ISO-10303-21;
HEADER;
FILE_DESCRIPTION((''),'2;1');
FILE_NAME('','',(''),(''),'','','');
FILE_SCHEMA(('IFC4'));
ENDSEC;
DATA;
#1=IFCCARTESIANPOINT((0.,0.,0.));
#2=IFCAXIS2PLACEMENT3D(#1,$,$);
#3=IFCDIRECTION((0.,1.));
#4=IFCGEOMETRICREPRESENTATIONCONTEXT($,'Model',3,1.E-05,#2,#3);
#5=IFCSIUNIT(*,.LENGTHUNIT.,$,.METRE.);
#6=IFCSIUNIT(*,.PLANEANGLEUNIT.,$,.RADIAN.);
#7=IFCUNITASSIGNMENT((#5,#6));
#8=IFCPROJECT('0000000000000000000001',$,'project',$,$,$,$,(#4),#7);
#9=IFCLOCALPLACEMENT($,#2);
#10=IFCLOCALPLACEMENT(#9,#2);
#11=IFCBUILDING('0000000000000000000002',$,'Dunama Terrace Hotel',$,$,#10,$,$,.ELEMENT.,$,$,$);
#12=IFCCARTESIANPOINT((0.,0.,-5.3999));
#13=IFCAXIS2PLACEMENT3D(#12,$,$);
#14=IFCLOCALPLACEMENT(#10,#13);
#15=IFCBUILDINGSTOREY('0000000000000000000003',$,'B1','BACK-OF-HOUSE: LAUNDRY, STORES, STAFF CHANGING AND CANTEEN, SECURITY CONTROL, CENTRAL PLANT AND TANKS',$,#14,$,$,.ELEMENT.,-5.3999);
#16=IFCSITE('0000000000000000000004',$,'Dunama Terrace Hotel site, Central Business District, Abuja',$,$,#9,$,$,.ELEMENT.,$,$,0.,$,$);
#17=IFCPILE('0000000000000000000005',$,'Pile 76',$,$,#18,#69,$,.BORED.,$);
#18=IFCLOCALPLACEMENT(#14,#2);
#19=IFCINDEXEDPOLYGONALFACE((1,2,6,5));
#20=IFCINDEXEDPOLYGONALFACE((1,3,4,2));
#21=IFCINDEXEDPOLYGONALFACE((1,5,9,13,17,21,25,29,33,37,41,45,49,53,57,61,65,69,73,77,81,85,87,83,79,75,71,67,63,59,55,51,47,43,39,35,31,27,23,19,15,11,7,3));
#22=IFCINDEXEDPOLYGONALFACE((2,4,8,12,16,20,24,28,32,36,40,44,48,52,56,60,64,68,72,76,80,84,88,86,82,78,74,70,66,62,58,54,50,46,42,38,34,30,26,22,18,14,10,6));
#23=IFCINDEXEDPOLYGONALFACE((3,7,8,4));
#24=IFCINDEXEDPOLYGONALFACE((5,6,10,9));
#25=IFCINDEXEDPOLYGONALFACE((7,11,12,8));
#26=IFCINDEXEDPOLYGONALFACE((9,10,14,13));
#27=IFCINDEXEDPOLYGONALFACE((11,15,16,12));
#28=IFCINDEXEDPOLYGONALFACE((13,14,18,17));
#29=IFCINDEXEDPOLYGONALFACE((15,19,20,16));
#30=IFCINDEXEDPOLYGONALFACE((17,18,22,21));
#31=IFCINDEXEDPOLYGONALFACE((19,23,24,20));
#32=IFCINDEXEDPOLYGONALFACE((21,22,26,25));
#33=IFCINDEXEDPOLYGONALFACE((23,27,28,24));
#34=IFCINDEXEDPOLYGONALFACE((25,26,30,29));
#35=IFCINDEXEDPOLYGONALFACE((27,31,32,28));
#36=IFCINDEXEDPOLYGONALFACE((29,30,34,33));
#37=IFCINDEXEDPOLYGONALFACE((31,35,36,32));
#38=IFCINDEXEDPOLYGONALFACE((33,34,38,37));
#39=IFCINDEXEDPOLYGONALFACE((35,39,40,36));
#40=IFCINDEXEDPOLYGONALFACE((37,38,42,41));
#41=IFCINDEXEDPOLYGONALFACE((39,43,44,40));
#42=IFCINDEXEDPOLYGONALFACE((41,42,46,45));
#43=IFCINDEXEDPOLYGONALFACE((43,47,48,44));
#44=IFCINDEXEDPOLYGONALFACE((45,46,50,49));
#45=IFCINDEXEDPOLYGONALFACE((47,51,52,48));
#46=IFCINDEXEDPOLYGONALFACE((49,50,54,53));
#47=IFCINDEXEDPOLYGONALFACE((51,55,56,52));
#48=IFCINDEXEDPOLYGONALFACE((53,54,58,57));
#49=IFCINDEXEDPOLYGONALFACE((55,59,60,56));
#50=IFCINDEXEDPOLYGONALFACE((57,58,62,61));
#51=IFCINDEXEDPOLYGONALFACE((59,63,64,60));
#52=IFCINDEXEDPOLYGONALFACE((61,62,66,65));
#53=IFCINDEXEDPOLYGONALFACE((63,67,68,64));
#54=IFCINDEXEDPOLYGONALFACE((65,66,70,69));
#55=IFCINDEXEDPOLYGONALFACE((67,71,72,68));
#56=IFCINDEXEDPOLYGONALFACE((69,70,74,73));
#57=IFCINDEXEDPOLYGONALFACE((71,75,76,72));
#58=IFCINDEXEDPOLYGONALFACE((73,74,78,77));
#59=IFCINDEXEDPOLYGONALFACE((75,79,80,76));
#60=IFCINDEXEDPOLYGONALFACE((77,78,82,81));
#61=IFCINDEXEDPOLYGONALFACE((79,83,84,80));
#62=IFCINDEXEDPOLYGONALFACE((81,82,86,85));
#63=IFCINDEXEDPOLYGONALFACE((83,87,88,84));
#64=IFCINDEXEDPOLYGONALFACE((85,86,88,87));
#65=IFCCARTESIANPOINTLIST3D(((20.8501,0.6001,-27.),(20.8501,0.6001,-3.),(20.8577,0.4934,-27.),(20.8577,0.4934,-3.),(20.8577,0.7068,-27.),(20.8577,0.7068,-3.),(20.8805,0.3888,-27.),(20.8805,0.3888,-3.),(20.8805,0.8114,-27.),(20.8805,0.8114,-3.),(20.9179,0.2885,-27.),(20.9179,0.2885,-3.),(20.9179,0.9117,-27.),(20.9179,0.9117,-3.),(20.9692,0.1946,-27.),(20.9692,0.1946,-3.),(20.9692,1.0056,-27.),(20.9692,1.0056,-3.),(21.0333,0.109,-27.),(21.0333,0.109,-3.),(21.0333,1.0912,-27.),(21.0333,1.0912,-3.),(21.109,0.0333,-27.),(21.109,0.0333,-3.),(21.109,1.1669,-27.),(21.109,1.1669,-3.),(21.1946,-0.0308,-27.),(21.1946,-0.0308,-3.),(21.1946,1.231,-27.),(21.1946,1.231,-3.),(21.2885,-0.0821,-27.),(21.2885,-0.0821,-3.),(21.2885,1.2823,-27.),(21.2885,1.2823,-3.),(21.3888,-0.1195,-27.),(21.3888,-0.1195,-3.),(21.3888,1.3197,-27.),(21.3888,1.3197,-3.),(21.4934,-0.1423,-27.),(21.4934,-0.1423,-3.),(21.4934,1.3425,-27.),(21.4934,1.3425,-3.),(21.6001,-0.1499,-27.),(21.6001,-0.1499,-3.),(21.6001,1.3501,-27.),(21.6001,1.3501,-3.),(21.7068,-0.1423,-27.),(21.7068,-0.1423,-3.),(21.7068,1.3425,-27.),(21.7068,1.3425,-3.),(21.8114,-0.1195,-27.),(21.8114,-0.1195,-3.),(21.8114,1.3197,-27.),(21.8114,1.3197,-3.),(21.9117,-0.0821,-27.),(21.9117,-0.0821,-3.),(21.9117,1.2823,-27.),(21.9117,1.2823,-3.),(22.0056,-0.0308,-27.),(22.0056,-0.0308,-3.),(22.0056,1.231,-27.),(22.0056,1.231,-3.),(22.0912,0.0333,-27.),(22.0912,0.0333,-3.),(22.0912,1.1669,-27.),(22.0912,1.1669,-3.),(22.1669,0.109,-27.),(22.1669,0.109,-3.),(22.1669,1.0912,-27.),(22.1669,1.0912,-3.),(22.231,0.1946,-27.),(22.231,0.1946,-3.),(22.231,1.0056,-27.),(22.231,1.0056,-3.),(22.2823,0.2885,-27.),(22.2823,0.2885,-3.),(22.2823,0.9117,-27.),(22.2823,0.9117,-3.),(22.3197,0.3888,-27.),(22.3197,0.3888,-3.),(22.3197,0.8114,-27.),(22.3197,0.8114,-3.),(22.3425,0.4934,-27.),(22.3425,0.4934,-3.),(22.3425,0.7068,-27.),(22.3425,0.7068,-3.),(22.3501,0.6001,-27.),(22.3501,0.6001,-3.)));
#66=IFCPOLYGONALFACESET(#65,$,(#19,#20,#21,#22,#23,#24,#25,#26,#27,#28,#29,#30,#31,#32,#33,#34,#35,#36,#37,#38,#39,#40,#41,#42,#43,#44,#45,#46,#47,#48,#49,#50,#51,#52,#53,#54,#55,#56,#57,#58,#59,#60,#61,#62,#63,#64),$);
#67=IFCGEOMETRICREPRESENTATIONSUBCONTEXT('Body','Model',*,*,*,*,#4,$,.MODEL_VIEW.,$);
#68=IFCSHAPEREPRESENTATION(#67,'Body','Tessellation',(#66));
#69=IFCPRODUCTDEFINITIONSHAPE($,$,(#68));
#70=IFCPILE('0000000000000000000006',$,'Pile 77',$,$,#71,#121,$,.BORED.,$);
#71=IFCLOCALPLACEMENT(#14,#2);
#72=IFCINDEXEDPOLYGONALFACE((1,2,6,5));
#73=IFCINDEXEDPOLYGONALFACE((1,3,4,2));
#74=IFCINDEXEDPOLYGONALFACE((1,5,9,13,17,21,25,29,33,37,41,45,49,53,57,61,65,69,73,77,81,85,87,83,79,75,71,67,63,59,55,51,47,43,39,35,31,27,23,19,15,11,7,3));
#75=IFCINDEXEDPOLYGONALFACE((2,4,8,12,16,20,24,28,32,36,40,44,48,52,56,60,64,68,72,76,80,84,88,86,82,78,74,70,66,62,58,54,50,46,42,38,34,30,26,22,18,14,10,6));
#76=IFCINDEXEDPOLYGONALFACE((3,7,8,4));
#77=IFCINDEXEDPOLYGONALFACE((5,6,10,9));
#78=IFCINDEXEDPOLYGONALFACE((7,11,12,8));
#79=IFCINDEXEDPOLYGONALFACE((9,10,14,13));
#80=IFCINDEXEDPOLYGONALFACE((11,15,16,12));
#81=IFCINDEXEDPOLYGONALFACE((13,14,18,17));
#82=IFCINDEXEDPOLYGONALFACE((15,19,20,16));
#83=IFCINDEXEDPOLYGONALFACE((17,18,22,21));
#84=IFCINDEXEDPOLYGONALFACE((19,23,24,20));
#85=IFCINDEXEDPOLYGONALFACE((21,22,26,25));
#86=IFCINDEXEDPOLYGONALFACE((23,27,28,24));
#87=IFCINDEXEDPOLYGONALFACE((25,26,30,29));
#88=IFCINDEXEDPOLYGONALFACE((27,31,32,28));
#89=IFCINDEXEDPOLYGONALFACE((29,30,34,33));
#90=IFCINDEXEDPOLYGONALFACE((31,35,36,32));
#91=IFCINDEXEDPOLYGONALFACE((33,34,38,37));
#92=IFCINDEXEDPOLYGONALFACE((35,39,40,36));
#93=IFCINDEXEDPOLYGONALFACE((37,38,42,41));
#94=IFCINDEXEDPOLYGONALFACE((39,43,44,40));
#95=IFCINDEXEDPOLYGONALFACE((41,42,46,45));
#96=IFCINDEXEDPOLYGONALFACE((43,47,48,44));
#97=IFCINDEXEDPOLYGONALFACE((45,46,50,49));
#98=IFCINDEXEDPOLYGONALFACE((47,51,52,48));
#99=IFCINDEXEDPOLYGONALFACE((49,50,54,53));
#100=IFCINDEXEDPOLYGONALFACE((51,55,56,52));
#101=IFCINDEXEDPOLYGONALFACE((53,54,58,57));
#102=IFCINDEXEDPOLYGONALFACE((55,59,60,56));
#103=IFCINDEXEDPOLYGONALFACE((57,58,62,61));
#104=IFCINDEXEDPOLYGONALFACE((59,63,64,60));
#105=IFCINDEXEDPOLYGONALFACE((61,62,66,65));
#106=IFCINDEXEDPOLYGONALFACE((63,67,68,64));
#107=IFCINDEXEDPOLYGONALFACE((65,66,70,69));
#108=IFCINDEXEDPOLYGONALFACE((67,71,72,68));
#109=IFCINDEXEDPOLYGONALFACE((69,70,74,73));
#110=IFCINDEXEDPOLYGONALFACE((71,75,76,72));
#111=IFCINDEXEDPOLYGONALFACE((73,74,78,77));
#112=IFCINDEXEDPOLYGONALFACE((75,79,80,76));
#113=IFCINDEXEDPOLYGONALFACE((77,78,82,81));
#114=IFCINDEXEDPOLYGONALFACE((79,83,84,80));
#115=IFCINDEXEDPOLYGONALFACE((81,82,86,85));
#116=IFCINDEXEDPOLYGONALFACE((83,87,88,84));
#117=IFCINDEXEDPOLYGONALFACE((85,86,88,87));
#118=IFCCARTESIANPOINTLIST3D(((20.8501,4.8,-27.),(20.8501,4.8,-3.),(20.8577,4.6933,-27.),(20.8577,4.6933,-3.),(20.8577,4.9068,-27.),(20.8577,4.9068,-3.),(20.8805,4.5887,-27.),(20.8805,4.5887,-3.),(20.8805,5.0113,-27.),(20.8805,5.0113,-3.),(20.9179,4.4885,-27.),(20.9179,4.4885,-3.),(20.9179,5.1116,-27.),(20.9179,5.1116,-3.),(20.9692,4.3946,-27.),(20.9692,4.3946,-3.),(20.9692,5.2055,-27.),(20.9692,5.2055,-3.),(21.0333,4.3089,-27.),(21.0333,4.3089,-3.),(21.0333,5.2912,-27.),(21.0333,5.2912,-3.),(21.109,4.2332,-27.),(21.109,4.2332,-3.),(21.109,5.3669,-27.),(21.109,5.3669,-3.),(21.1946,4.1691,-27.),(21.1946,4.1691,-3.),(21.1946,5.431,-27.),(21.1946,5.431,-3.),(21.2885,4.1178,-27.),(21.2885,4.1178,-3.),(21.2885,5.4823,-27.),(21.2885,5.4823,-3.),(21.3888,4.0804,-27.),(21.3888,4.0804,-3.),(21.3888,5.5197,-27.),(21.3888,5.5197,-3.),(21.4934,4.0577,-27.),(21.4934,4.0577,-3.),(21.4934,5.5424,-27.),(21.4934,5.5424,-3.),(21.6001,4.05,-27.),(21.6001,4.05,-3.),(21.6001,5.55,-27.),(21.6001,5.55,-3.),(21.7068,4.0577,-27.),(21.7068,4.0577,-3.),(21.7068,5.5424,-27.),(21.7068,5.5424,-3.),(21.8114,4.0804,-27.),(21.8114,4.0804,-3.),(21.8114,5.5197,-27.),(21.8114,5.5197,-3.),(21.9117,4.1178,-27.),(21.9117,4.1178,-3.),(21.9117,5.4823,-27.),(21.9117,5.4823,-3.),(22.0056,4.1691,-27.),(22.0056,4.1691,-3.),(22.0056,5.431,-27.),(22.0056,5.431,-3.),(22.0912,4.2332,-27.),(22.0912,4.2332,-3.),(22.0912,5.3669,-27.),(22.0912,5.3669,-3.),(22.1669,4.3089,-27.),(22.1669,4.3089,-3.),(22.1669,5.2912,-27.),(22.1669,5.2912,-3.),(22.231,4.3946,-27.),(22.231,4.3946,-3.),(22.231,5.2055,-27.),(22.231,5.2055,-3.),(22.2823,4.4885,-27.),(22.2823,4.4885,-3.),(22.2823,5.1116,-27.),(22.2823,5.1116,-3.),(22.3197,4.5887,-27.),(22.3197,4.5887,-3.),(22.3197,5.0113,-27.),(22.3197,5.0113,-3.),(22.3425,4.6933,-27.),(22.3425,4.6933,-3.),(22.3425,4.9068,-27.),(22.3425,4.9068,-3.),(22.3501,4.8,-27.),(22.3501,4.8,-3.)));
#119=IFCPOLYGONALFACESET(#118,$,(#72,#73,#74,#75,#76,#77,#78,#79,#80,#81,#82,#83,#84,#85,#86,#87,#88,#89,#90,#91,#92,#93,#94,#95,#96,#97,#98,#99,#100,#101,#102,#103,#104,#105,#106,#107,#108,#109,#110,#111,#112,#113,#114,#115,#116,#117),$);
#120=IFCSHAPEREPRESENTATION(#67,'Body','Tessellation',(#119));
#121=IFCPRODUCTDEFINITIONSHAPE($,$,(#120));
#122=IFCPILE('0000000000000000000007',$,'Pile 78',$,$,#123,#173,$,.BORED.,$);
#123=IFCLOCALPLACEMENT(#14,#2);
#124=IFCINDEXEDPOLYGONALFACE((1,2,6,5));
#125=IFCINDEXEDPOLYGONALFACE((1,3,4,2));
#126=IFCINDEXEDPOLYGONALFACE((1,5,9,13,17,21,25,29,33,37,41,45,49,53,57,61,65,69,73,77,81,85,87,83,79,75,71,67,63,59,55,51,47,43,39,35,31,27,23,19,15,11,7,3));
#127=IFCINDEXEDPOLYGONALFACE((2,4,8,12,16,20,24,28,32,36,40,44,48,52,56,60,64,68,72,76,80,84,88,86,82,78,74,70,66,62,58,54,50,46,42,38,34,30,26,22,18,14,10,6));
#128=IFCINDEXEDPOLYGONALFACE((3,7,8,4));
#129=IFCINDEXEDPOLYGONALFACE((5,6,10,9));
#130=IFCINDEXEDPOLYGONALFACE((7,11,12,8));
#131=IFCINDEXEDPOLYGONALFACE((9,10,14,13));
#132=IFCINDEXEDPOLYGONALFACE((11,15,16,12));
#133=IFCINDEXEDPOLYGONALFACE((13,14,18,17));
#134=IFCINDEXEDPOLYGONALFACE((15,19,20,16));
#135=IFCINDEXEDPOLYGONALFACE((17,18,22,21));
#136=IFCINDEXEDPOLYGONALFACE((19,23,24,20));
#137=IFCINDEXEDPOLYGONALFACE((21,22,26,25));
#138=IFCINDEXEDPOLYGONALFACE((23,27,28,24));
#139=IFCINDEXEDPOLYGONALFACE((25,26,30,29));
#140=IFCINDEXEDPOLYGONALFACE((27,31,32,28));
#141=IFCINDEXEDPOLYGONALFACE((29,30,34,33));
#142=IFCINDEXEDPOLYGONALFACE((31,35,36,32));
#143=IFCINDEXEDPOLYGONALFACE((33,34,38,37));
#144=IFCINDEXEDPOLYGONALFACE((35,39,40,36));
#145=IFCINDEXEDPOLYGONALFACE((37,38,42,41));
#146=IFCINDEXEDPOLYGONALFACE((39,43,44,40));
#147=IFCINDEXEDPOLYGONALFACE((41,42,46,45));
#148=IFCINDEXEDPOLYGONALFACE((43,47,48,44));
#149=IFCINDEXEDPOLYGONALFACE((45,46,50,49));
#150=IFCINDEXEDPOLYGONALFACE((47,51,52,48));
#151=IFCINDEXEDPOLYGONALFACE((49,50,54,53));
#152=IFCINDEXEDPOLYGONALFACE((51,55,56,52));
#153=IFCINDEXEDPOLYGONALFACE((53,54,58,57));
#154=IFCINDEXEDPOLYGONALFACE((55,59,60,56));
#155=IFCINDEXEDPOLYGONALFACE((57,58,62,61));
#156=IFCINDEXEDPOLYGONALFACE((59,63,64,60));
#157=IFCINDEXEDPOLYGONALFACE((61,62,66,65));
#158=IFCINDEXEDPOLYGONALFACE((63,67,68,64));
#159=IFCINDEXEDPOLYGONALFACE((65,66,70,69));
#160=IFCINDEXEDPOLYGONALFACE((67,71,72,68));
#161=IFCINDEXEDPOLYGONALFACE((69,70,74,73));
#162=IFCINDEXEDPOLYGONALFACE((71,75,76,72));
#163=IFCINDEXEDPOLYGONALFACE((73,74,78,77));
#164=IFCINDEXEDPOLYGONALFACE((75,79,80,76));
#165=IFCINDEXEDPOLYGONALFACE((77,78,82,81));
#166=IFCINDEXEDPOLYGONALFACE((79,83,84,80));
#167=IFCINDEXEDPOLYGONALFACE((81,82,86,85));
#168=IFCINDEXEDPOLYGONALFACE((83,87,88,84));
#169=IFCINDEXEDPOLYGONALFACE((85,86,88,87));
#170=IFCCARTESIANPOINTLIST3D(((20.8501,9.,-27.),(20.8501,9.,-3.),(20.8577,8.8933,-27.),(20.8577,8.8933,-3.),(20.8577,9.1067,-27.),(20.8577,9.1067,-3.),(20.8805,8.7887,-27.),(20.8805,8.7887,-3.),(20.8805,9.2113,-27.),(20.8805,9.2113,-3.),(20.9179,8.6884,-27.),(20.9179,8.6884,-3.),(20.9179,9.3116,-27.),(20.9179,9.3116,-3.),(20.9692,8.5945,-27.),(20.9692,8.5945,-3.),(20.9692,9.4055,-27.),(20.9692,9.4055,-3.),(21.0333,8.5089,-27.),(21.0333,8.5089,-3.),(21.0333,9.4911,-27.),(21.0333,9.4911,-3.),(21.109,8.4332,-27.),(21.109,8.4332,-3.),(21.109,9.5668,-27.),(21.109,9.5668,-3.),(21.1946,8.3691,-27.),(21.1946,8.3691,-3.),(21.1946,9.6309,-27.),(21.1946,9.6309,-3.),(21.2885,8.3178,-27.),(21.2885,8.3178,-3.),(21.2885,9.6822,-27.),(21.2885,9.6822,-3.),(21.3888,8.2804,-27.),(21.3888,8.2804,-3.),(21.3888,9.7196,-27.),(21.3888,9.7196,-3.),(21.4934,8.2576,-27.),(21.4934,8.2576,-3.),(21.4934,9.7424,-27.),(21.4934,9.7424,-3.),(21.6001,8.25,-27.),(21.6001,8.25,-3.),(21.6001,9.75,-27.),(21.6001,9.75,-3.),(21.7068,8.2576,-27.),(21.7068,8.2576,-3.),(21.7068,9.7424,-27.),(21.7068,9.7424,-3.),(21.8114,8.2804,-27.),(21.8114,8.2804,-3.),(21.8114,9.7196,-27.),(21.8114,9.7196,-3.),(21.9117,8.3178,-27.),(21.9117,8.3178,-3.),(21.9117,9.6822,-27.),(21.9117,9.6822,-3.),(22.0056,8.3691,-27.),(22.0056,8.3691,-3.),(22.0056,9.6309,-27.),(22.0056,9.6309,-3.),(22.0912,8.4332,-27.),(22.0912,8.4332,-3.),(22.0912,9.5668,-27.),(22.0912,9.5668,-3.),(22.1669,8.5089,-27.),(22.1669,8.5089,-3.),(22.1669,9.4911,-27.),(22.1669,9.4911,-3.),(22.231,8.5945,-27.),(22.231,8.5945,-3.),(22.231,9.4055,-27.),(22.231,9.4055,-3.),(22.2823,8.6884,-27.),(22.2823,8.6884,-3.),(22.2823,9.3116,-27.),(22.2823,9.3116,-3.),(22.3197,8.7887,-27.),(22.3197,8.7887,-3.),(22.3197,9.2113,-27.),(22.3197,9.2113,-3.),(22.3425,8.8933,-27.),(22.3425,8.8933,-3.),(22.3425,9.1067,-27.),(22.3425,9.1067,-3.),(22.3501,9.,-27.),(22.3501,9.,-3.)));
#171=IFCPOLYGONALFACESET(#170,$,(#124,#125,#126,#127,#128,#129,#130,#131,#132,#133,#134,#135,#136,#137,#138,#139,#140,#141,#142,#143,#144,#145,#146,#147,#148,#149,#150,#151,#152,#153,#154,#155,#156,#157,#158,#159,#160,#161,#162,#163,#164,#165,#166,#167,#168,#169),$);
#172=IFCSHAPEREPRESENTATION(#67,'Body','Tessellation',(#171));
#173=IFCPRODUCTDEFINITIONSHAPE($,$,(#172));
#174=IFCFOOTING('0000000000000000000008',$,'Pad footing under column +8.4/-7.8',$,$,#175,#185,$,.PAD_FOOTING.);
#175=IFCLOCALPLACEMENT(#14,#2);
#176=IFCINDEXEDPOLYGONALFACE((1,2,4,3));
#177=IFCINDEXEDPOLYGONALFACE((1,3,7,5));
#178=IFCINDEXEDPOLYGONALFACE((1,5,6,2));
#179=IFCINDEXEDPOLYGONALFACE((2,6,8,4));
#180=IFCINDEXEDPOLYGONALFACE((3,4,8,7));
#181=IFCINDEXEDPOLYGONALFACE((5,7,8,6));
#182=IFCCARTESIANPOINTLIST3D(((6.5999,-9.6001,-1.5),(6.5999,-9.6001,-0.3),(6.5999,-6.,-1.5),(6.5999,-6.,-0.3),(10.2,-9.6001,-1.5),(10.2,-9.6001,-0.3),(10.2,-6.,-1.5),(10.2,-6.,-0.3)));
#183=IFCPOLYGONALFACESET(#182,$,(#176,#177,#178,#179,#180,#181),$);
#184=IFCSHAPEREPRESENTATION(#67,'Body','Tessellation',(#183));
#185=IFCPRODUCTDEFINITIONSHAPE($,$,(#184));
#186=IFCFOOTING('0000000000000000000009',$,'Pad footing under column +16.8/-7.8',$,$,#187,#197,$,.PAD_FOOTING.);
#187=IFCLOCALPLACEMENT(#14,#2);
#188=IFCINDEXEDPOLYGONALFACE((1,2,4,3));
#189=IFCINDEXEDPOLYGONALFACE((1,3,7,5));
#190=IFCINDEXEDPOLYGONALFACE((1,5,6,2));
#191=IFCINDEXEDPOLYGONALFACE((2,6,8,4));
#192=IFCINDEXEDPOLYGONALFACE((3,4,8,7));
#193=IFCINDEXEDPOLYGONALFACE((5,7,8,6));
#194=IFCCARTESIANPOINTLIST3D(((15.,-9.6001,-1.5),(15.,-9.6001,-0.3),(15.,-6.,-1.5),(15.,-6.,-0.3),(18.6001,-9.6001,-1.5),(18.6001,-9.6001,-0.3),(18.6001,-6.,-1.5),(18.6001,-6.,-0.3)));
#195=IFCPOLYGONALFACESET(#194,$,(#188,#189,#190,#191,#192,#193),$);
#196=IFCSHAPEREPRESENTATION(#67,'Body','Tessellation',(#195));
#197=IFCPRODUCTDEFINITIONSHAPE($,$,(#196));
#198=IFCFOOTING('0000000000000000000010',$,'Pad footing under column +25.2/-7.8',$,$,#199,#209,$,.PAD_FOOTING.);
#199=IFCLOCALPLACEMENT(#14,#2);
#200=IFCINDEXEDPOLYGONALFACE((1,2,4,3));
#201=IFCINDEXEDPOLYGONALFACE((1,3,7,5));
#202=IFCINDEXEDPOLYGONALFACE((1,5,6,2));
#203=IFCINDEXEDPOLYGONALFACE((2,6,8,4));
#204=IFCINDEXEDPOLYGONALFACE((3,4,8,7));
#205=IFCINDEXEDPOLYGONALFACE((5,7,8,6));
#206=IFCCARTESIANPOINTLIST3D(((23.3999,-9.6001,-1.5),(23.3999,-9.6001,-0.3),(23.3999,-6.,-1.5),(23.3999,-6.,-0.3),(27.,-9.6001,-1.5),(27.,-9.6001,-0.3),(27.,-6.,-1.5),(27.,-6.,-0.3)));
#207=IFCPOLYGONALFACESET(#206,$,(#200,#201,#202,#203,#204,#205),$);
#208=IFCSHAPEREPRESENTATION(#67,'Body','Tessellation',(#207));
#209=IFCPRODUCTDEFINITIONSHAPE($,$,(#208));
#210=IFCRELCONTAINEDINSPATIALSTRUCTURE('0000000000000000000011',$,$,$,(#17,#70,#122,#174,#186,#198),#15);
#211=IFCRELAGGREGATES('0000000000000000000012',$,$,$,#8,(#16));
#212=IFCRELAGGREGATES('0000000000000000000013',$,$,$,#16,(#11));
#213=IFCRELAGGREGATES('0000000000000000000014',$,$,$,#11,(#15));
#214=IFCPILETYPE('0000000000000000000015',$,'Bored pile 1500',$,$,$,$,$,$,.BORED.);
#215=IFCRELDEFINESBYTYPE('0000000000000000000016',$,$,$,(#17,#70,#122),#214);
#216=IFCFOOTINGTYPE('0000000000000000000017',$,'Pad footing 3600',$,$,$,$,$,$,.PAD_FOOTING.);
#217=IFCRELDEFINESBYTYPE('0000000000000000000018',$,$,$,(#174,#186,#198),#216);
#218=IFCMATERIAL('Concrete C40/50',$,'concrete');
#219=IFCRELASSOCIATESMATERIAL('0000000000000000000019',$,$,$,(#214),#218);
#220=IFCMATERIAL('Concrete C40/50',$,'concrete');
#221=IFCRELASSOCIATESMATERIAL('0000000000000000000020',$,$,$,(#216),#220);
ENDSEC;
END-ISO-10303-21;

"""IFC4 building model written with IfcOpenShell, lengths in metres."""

from ifc_helpers import new_model, si_unit, direction, frame, origin, origin_2d, place, context, subcontext, project, spatial, rectangle, circle, extrude, material, material_profile, profile_set, type_object, element, save


model = new_model("IFC4")

# Units and contexts
model_context = context("Model", 3, precision=1e-05, world=origin(), true_north=direction((0.0, 1.0)))
body_context = subcontext(model_context, "Body", "Model", "MODEL_VIEW")
ifc_project = project(units=[si_unit("LENGTHUNIT", "METRE"), si_unit("PLANEANGLEUNIT", "RADIAN")], contexts=[model_context])

# Site, building, storey
site_placement = place(None, origin())
site = spatial("IfcSite", under=ifc_project, at=site_placement, Name="Dunama Terrace Hotel site, Central Business District, Abuja", CompositionType="ELEMENT", RefElevation=0.0)
building_placement = place(site_placement, origin())
building = spatial("IfcBuilding", under=site, at=building_placement, Name="Dunama Terrace Hotel", CompositionType="ELEMENT")
storey_placement = place(building_placement, frame((0.0, 0.0, -5.3999)))
storey = spatial("IfcBuildingStorey", under=building, at=storey_placement, Name="B1", Description="BACK-OF-HOUSE: LAUNDRY, STORES, STAFF CHANGING AND CANTEEN, SECURITY CONTROL, CENTRAL PLANT AND TANKS", CompositionType="ELEMENT", Elevation=-5.3999)

# Piles
ifc_material_1 = material(Name="Concrete C40/50", Category="concrete")
ifc_material_profile_1 = material_profile(ifc_material_1, circle(Radius=0.75, at=origin_2d()), Name="PILE D1500")
ifc_profile_set_1 = profile_set([ifc_material_profile_1], Name="Concrete C40/50")
pile_type = type_object("IfcPileType", Name="Bored pile 1500", PredefinedType="BORED", material=ifc_profile_set_1)
for number, where, z_axis, x_axis, name in (
    (1, (21.6001, 0.6001, -3.0), (0.0, 0.0, -1.0), (1.0, 0.0, 0.0), "Pile 76"),
    (2, (21.6001, 4.8, -3.0), (0.0, 0.0, -1.0), (1.0, 0.0, 0.0), "Pile 77"),
    (3, (21.6001, 9.0, -3.0), (0.0, 0.0, -1.0), (1.0, 0.0, 0.0), "Pile 78"),
):
    element("IfcPile", number, at=place(storey_placement, frame(where, z_axis=z_axis, x_axis=x_axis)), inside=storey, type_object=pile_type, Name=name, PredefinedType="BORED", context=body_context, shape_type="SweptSolid", body=[
        extrude(circle(Radius=0.75, at=origin_2d()), origin(), (0.0, 0.0, 1.0), 24.0),
    ])

# Footings
ifc_material_2 = material(Name="Concrete C40/50", Category="concrete")
footing_type = type_object("IfcFootingType", Name="Pad footing 3600", PredefinedType="PAD_FOOTING", material=ifc_material_2)
for number, where, z_axis, x_axis, name in (
    (4, (8.3999, -7.8, -1.5), (0.0, 0.0, 1.0), (1.0, 0.0, 0.0), "Pad footing under column +8.4/-7.8"),
    (5, (16.8, -7.8, -1.5), (0.0, 0.0, 1.0), (1.0, 0.0, 0.0), "Pad footing under column +16.8/-7.8"),
    (6, (25.2, -7.8, -1.5), (0.0, 0.0, 1.0), (1.0, 0.0, 0.0), "Pad footing under column +25.2/-7.8"),
):
    element("IfcFooting", number, at=place(storey_placement, frame(where, z_axis=z_axis, x_axis=x_axis)), inside=storey, type_object=footing_type, Name=name, PredefinedType="PAD_FOOTING", context=body_context, shape_type="SweptSolid", body=[
        extrude(rectangle(XDim=3.6001, YDim=3.6001, at=origin_2d()), origin(), (0.0, 0.0, 1.0), 1.2),
    ])

save(model, "model.ifc")
